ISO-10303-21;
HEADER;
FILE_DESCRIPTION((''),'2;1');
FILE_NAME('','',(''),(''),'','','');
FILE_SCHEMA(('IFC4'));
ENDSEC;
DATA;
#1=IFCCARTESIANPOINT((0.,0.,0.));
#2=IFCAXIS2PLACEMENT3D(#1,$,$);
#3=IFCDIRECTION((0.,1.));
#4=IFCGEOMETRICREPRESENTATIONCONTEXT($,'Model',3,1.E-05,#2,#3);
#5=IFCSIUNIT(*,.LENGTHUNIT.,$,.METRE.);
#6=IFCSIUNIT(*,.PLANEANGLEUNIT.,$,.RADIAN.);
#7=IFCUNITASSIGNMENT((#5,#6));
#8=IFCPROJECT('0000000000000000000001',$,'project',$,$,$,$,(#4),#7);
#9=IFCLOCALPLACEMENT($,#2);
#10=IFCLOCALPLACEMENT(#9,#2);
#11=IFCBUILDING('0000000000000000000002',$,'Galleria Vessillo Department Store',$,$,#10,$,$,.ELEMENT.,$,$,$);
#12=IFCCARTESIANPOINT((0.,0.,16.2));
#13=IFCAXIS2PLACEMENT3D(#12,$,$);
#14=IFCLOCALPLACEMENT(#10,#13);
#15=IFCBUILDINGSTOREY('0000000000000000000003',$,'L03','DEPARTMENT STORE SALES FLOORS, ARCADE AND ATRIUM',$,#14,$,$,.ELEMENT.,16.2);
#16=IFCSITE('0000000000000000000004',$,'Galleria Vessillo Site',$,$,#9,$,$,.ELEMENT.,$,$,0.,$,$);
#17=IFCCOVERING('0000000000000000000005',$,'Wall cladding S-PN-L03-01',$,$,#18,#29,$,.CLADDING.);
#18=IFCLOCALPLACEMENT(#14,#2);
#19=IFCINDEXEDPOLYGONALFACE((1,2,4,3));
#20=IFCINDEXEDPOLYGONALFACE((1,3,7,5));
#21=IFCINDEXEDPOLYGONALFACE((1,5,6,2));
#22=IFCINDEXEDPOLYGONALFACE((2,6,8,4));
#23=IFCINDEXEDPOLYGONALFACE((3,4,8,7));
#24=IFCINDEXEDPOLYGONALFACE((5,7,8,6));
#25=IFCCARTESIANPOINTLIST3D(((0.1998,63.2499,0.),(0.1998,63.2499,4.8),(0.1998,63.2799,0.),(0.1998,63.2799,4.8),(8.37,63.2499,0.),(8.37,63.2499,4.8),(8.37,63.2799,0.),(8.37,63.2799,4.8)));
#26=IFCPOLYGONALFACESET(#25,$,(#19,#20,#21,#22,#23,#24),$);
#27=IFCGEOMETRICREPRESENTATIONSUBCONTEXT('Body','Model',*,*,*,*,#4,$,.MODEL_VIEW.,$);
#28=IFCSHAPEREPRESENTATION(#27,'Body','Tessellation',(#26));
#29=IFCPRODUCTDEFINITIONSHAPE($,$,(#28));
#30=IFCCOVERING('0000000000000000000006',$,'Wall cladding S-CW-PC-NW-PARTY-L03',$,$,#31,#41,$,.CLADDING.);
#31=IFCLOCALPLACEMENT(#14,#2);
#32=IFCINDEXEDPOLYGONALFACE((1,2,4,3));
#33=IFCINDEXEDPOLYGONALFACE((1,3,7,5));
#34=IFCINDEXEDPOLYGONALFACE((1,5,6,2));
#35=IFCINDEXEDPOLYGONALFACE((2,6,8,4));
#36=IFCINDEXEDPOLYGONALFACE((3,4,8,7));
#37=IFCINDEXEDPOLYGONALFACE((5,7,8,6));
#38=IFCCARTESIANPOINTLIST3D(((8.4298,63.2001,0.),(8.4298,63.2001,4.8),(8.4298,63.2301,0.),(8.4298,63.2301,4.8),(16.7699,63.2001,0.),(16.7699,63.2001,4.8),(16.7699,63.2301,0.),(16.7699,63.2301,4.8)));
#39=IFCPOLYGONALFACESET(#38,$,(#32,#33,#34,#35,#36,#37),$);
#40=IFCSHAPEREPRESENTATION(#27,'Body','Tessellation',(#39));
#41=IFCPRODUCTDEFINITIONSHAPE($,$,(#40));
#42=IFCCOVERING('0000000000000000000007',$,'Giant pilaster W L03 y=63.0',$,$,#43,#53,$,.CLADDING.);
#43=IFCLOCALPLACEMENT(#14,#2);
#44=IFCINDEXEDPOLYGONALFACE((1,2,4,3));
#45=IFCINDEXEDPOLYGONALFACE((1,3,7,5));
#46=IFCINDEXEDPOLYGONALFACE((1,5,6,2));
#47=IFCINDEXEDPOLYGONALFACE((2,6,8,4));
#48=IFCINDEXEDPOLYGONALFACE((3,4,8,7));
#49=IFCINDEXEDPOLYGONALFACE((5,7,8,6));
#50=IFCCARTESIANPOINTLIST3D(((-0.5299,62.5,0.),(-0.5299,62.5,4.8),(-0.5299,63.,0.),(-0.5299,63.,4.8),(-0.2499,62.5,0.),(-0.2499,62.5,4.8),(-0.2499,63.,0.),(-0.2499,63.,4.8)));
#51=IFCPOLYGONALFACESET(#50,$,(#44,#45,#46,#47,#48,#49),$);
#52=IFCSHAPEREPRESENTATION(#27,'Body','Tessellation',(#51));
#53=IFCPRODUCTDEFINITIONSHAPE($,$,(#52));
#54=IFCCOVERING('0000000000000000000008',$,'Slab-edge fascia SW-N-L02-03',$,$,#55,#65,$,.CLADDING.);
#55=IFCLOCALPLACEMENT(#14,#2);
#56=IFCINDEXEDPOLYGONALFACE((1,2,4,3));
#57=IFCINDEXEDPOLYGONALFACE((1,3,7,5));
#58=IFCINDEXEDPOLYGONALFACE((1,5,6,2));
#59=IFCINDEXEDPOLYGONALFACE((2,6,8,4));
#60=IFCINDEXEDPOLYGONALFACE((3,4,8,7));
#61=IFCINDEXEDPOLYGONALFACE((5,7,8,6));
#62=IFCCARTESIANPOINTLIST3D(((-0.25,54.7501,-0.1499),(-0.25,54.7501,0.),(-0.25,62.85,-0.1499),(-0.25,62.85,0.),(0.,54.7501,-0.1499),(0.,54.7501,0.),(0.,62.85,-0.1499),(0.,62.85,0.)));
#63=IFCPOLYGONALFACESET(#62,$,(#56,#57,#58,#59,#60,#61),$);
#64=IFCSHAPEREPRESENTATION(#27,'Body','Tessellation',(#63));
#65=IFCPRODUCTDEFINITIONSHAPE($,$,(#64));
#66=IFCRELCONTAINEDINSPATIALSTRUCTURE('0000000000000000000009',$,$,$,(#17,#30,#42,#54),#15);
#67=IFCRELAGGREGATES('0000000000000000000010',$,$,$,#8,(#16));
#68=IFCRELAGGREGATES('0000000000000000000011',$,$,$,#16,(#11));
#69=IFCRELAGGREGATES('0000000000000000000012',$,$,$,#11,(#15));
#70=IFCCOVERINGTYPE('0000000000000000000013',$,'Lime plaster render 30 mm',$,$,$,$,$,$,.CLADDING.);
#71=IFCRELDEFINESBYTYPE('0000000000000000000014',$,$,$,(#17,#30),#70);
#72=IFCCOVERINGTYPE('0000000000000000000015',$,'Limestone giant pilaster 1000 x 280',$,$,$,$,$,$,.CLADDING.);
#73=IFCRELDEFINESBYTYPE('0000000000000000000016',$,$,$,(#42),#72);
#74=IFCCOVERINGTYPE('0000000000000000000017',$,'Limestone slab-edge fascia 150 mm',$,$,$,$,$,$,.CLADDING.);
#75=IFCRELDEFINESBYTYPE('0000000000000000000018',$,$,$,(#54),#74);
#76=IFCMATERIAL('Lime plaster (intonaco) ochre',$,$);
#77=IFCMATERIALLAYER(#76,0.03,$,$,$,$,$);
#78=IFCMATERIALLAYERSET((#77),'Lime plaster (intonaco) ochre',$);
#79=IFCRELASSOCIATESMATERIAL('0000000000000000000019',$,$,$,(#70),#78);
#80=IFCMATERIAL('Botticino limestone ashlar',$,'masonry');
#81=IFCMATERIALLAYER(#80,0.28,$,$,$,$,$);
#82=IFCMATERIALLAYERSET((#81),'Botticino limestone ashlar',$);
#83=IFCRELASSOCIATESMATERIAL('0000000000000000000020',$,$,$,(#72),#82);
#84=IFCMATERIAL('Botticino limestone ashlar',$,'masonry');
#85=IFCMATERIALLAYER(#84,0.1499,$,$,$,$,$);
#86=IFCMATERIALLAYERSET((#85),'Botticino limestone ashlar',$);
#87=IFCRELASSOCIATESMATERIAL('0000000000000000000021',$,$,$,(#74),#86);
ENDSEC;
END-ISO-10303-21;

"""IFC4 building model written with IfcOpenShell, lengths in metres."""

from ifc_helpers import new_model, si_unit, direction, frame, origin, origin_2d, place, context, subcontext, project, spatial, rectangle, extrude, material, layer, layer_set, type_object, element, save


model = new_model("IFC4")

# Units and contexts
model_context = context("Model", 3, precision=1e-05, world=origin(), true_north=direction((0.0, 1.0)))
body_context = subcontext(model_context, "Body", "Model", "MODEL_VIEW")
ifc_project = project(units=[si_unit("LENGTHUNIT", "METRE"), si_unit("PLANEANGLEUNIT", "RADIAN")], contexts=[model_context])

# Site, building, storey
site_placement = place(None, origin())
site = spatial("IfcSite", under=ifc_project, at=site_placement, Name="Galleria Vessillo Site", CompositionType="ELEMENT", RefElevation=0.0)
building_placement = place(site_placement, origin())
building = spatial("IfcBuilding", under=site, at=building_placement, Name="Galleria Vessillo Department Store", CompositionType="ELEMENT")
storey_placement = place(building_placement, frame((0.0, 0.0, 16.2)))
storey = spatial("IfcBuildingStorey", under=building, at=storey_placement, Name="L03", Description="DEPARTMENT STORE SALES FLOORS, ARCADE AND ATRIUM", CompositionType="ELEMENT", Elevation=16.2)

# Coverings
ifc_material_1 = material(Name="Lime plaster (intonaco) ochre")
ifc_layer_1 = layer(ifc_material_1, 0.03)
ifc_layer_set_1 = layer_set([ifc_layer_1], Name="Lime plaster (intonaco) ochre")
covering_type_1 = type_object("IfcCoveringType", Name="Lime plaster render 30 mm", PredefinedType="CLADDING", material=ifc_layer_set_1)
covering_1_placement = place(storey_placement, frame((4.2849, 63.2649, 0.0), z_axis=(0.0, 0.0, 1.0), x_axis=(1.0, 0.0, 0.0)))
element("IfcCovering", 1, at=covering_1_placement, inside=storey, type_object=covering_type_1, Name="Wall cladding S-PN-L03-01", PredefinedType="CLADDING", context=body_context, shape_type="SweptSolid", body=[
    extrude(rectangle(XDim=8.1702, YDim=0.03, at=origin_2d()), origin(), (0.0, 0.0, 1.0), 4.8),
])
covering_2_placement = place(storey_placement, frame((12.5999, 63.2151, 0.0), z_axis=(0.0, 0.0, 1.0), x_axis=(1.0, 0.0, 0.0)))
element("IfcCovering", 2, at=covering_2_placement, inside=storey, type_object=covering_type_1, Name="Wall cladding S-CW-PC-NW-PARTY-L03", PredefinedType="CLADDING", context=body_context, shape_type="SweptSolid", body=[
    extrude(rectangle(XDim=8.3401, YDim=0.03, at=origin_2d()), origin(), (0.0, 0.0, 1.0), 4.8),
])
ifc_material_2 = material(Name="Botticino limestone ashlar", Category="masonry")
ifc_layer_2 = layer(ifc_material_2, 0.28)
ifc_layer_set_2 = layer_set([ifc_layer_2], Name="Botticino limestone ashlar")
covering_type_2 = type_object("IfcCoveringType", Name="Limestone giant pilaster 1000 x 280", PredefinedType="CLADDING", material=ifc_layer_set_2)
covering_3_placement = place(storey_placement, frame((-0.3899, 62.75, 0.0), z_axis=(0.0, 0.0, 1.0), x_axis=(1.0, 0.0, 0.0)))
element("IfcCovering", 3, at=covering_3_placement, inside=storey, type_object=covering_type_2, Name="Giant pilaster W L03 y=63.0", PredefinedType="CLADDING", context=body_context, shape_type="SweptSolid", body=[
    extrude(rectangle(XDim=0.28, YDim=0.5, at=origin_2d()), origin(), (0.0, 0.0, 1.0), 4.8),
])
ifc_material_3 = material(Name="Botticino limestone ashlar", Category="masonry")
ifc_layer_3 = layer(ifc_material_3, 0.1499)
ifc_layer_set_3 = layer_set([ifc_layer_3], Name="Botticino limestone ashlar")
covering_type_3 = type_object("IfcCoveringType", Name="Limestone slab-edge fascia 150 mm", PredefinedType="CLADDING", material=ifc_layer_set_3)
covering_4_placement = place(storey_placement, frame((-0.125, 58.8, -0.1499), z_axis=(0.0, 0.0, 1.0), x_axis=(1.0, 0.0, 0.0)))
element("IfcCovering", 4, at=covering_4_placement, inside=storey, type_object=covering_type_3, Name="Slab-edge fascia SW-N-L02-03", PredefinedType="CLADDING", context=body_context, shape_type="SweptSolid", body=[
    extrude(rectangle(XDim=0.25, YDim=8.0999, at=origin_2d()), origin(), (0.0, 0.0, 1.0), 0.1499),
])

save(model, "model.ifc")
